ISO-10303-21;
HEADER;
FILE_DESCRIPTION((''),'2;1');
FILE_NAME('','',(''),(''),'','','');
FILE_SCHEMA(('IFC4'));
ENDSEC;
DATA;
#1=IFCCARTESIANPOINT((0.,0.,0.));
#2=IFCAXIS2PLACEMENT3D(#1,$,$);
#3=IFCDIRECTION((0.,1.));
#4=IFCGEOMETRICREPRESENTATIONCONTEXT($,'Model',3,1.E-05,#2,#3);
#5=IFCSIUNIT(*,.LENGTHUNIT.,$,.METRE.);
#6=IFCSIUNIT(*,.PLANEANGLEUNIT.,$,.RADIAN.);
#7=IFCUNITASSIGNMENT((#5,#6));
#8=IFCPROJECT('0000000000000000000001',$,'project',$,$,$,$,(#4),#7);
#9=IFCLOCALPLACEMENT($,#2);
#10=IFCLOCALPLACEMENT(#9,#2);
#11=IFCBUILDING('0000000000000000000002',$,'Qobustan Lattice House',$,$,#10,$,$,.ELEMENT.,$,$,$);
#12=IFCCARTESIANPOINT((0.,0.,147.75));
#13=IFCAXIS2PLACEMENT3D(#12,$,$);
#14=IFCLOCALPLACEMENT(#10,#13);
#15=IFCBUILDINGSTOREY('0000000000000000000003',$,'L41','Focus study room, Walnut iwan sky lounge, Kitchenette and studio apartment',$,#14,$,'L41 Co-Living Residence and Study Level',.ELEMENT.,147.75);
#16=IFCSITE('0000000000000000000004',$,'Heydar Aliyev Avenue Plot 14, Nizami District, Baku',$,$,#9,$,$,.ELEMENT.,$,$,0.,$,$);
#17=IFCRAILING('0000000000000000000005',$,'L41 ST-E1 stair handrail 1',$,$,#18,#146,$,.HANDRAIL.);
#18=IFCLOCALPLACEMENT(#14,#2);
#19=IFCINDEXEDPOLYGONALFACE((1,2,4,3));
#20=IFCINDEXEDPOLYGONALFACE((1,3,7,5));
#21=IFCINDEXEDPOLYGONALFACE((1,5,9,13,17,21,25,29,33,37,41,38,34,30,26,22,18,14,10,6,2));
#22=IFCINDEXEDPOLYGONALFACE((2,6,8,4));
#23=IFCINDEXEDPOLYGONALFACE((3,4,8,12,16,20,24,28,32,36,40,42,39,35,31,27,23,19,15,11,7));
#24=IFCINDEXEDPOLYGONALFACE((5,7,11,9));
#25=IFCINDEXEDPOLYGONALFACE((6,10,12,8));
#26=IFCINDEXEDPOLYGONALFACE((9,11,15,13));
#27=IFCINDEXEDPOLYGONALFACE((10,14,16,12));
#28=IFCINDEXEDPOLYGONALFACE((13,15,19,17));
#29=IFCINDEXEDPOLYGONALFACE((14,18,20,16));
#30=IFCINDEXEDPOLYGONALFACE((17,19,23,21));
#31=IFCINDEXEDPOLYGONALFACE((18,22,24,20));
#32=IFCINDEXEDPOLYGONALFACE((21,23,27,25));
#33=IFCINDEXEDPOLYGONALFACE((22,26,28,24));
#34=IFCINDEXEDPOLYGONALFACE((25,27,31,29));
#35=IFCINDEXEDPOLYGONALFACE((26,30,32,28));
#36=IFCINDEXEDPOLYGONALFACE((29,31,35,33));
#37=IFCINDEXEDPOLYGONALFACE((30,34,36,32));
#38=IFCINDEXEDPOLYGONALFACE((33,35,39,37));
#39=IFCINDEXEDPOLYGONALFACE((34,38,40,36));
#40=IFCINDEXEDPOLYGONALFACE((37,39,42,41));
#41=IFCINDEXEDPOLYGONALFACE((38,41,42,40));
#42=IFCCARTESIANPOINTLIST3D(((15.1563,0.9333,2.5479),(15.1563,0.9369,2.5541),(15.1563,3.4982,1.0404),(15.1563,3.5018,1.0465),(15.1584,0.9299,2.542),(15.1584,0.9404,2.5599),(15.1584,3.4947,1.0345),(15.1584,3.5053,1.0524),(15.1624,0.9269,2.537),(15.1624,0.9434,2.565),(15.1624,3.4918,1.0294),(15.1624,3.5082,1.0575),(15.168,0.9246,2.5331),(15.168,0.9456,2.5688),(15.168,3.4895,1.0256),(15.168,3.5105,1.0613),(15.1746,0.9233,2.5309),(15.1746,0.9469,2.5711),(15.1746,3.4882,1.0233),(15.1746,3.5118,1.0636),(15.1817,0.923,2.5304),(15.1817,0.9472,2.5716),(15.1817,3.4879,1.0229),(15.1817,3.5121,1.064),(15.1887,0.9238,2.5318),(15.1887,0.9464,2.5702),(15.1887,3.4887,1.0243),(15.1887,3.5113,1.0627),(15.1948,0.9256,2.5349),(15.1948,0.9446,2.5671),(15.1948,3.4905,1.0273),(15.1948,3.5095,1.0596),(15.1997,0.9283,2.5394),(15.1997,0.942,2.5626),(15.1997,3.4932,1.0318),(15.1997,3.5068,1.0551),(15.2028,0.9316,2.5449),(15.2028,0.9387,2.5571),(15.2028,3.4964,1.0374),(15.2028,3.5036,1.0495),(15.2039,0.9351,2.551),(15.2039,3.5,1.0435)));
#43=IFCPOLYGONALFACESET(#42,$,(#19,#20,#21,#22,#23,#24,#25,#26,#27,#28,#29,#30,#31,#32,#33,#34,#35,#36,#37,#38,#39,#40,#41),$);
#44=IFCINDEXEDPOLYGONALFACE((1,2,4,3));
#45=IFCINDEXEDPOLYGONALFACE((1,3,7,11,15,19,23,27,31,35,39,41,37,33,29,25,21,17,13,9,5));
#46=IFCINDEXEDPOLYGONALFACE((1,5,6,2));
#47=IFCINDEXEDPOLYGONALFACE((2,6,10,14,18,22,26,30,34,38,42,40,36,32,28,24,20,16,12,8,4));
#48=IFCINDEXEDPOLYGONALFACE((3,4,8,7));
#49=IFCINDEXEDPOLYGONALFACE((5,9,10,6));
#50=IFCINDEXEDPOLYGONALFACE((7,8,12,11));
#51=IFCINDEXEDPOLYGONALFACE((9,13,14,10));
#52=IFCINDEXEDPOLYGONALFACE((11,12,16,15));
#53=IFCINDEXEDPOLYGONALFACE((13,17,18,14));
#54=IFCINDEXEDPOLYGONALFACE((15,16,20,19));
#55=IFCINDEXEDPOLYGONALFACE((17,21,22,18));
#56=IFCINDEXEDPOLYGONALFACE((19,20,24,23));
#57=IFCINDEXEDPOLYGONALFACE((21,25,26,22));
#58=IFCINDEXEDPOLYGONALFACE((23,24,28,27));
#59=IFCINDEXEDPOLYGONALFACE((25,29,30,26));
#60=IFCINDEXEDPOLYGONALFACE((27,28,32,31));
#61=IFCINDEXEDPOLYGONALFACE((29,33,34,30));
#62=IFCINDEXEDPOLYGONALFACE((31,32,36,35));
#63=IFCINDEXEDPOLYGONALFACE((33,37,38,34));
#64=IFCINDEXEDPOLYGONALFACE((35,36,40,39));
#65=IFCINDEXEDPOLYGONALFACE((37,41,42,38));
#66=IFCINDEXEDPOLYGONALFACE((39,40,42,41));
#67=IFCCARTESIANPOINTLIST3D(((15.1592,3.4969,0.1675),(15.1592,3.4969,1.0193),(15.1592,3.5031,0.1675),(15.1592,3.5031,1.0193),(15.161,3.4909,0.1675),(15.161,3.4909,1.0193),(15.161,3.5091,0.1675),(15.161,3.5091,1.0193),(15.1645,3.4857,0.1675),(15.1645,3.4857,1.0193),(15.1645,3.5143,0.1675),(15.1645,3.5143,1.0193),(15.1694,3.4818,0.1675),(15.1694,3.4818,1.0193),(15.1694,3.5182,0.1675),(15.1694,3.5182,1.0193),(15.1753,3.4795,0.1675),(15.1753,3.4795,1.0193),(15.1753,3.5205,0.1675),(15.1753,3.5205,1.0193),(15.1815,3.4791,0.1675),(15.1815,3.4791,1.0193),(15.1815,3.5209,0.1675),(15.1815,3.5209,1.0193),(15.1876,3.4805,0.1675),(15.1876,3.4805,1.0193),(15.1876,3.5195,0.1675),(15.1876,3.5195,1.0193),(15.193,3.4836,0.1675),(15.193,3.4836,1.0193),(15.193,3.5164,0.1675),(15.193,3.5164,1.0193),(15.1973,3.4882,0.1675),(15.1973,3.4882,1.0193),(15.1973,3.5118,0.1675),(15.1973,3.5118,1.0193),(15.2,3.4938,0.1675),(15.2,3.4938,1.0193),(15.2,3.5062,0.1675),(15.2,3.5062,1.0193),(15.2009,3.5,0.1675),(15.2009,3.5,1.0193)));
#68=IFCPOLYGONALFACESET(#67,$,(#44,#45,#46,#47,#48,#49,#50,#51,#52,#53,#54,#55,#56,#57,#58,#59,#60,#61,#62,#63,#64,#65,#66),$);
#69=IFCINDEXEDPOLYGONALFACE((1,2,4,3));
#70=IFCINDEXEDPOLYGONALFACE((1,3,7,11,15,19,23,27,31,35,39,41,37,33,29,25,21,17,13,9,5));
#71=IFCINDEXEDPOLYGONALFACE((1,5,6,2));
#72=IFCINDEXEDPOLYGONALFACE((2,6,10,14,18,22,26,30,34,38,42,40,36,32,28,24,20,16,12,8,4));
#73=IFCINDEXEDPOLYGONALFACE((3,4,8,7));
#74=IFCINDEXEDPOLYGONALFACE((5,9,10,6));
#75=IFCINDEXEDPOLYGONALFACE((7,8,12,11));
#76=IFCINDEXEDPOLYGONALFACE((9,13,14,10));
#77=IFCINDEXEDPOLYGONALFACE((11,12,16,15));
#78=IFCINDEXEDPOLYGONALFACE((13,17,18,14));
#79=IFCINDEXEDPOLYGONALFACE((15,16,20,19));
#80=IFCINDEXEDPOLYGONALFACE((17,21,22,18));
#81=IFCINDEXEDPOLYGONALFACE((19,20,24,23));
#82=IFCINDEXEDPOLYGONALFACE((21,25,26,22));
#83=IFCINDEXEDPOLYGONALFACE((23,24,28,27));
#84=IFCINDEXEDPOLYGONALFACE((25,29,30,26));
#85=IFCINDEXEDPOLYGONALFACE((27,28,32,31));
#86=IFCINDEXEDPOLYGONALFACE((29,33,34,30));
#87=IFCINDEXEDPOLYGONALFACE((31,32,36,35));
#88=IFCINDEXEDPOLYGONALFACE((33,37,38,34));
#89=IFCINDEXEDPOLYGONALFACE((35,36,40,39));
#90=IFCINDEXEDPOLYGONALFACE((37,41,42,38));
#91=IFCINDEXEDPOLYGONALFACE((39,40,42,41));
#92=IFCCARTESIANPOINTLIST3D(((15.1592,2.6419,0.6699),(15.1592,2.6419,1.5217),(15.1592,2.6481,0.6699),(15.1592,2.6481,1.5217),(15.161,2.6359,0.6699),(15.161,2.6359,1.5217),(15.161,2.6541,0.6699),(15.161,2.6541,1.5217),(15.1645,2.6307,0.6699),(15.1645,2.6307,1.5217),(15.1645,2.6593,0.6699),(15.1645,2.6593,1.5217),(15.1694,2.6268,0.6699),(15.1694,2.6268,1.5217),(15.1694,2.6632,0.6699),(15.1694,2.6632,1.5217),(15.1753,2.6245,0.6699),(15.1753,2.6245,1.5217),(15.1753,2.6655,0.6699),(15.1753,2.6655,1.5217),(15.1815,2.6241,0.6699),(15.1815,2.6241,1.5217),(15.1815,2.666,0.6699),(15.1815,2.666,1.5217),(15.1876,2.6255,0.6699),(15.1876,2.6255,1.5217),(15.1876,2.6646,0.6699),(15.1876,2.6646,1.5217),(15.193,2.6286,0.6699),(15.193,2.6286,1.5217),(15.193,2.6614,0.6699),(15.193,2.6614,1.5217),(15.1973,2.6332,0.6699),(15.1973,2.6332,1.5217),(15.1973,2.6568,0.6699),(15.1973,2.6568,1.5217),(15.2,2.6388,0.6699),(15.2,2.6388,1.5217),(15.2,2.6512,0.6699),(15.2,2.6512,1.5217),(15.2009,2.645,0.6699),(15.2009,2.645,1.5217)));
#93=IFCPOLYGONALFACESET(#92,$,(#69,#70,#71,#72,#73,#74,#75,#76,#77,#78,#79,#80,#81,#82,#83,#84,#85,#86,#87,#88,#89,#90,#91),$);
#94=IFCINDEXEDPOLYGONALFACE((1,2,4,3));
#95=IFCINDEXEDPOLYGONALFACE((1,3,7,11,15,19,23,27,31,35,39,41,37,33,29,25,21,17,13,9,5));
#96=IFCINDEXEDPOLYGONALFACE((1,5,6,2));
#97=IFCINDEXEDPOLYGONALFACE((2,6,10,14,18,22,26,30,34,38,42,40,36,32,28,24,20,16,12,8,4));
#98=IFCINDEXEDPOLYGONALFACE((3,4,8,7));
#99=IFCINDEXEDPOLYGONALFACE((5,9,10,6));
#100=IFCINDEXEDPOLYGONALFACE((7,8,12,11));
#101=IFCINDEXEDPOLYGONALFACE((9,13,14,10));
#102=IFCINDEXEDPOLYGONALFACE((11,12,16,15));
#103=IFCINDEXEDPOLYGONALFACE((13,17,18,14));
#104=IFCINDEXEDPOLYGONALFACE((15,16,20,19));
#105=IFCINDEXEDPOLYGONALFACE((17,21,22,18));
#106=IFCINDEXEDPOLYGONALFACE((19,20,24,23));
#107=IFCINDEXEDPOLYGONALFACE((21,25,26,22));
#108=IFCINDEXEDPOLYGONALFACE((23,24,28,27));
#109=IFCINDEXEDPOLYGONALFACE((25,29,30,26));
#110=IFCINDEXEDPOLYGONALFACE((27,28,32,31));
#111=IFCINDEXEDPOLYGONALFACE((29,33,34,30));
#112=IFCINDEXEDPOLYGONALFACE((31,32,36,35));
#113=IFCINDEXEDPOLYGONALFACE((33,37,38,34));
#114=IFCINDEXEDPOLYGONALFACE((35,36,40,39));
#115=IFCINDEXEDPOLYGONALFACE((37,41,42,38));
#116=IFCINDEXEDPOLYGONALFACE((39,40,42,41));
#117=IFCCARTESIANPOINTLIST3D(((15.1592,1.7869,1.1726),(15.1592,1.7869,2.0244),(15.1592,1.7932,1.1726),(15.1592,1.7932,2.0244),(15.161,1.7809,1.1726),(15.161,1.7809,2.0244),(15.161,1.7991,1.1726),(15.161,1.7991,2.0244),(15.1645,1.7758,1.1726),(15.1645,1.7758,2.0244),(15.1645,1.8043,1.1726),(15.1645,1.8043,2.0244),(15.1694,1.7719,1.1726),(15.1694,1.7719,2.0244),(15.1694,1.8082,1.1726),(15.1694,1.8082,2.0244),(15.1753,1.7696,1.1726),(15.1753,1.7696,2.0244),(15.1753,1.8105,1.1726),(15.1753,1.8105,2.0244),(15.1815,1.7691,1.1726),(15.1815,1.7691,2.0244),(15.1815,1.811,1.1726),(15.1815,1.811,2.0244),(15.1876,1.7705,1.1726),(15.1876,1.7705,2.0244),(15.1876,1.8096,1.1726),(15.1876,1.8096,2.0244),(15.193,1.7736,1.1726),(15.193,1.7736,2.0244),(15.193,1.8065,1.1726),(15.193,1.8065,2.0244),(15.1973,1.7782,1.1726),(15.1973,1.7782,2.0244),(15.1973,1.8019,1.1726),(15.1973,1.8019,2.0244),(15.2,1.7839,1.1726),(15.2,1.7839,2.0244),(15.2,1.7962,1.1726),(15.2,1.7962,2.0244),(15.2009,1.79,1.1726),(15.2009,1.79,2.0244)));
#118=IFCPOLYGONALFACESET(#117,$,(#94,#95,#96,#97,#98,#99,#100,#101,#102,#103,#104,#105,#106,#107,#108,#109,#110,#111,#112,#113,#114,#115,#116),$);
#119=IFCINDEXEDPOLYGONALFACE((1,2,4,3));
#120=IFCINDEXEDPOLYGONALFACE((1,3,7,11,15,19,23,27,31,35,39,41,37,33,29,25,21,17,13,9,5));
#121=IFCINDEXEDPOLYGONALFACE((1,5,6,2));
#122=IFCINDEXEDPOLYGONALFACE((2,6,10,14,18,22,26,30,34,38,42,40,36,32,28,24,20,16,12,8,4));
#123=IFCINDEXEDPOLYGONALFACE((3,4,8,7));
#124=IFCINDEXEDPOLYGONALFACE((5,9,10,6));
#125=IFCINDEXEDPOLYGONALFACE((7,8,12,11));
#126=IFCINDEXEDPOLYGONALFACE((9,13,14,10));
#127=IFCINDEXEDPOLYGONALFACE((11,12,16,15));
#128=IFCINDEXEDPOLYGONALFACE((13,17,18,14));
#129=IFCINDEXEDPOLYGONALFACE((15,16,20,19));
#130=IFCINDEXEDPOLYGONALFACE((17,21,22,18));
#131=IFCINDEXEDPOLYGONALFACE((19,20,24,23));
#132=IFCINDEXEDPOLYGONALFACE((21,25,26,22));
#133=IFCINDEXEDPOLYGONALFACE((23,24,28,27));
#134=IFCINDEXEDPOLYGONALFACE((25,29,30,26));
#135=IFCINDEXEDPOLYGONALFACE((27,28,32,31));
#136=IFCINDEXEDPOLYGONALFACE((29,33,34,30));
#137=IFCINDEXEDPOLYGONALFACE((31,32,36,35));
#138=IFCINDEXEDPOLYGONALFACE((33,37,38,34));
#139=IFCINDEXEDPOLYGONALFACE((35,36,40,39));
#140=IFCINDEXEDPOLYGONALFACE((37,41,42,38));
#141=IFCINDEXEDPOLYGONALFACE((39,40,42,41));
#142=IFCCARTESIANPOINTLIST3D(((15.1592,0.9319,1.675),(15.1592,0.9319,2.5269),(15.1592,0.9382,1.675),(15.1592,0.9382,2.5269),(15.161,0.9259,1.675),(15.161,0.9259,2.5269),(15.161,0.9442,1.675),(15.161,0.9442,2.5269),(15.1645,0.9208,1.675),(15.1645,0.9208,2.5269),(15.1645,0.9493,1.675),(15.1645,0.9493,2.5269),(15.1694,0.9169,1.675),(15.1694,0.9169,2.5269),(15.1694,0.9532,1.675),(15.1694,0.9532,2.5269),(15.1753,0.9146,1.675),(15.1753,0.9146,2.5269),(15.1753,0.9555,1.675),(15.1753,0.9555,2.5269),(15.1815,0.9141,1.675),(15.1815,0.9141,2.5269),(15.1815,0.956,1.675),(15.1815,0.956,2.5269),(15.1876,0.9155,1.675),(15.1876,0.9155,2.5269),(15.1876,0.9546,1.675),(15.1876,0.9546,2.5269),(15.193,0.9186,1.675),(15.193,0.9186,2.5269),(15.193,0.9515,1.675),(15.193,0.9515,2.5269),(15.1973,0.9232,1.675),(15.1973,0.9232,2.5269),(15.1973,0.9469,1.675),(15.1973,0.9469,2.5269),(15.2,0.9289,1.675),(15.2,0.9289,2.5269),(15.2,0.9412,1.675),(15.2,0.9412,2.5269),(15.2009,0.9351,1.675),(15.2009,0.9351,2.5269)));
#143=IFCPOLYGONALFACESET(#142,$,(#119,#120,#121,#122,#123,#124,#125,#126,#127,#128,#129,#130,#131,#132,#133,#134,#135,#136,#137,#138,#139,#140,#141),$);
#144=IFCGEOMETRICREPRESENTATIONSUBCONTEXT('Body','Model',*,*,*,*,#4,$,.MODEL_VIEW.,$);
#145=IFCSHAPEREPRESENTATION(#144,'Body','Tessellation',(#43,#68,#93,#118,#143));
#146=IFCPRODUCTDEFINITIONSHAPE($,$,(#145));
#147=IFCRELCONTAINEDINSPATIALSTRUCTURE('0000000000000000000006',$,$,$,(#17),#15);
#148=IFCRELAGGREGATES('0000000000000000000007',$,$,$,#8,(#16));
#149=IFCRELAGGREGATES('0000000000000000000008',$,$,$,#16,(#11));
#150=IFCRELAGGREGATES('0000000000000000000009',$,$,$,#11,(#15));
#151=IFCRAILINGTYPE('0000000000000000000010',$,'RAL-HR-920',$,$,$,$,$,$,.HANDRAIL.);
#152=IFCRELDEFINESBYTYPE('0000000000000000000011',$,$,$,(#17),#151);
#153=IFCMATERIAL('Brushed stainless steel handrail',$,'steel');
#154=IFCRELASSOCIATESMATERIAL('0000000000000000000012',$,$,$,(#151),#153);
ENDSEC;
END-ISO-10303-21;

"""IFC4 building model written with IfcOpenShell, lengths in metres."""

from ifc_helpers import new_model, si_unit, direction, frame, origin, origin_2d, place, context, subcontext, project, spatial, circle, extrude, material, type_object, element, save


model = new_model("IFC4")

# Units and contexts
model_context = context("Model", 3, precision=1e-05, world=origin(), true_north=direction((0.0, 1.0)))
body_context = subcontext(model_context, "Body", "Model", "MODEL_VIEW")
ifc_project = project(units=[si_unit("LENGTHUNIT", "METRE"), si_unit("PLANEANGLEUNIT", "RADIAN")], contexts=[model_context])

# Site, building, storey
site_placement = place(None, origin())
site = spatial("IfcSite", under=ifc_project, at=site_placement, Name="Heydar Aliyev Avenue Plot 14, Nizami District, Baku", CompositionType="ELEMENT", RefElevation=0.0)
building_placement = place(site_placement, origin())
building = spatial("IfcBuilding", under=site, at=building_placement, Name="Qobustan Lattice House", CompositionType="ELEMENT")
storey_placement = place(building_placement, frame((0.0, 0.0, 147.75)))
storey = spatial("IfcBuildingStorey", under=building, at=storey_placement, Name="L41", Description="Focus study room, Walnut iwan sky lounge, Kitchenette and studio apartment", LongName="L41 Co-Living Residence and Study Level", CompositionType="ELEMENT", Elevation=147.75)

# Railing
ifc_material_1 = material(Name="Brushed stainless steel handrail", Category="steel")
railing_type_1 = type_object("IfcRailingType", Name="RAL-HR-920", PredefinedType="HANDRAIL", material=ifc_material_1)
railing_1_placement = place(storey_placement, frame((15.1799, 3.5, 0.1675)))
element("IfcRailing", 1, at=railing_1_placement, inside=storey, type_object=railing_type_1, Name="L41 ST-E1 stair handrail 1", PredefinedType="HANDRAIL", context=body_context, shape_type="SweptSolid", body=[
    extrude(circle(Radius=0.0239, at=origin_2d()), frame((0.0, 0.0, 0.876), z_axis=(0.0, -0.862113, 0.506715), x_axis=(1.0, 0.0, 0.0)), (0.0, 0.0, 1.0), 2.9751),
    extrude(circle(Radius=0.021, at=origin_2d()), origin(), (0.0, 0.0, 1.0), 0.8518),
    extrude(circle(Radius=0.021, at=origin_2d()), frame((0.0, -0.855, 0.5024)), (0.0, 0.0, 1.0), 0.8518),
    extrude(circle(Radius=0.021, at=origin_2d()), frame((0.0, -1.71, 1.0051)), (0.0, 0.0, 1.0), 0.8518),
    extrude(circle(Radius=0.021, at=origin_2d()), frame((0.0, -2.5649, 1.5076)), (0.0, 0.0, 1.0), 0.8518),
])

save(model, "model.ifc")
